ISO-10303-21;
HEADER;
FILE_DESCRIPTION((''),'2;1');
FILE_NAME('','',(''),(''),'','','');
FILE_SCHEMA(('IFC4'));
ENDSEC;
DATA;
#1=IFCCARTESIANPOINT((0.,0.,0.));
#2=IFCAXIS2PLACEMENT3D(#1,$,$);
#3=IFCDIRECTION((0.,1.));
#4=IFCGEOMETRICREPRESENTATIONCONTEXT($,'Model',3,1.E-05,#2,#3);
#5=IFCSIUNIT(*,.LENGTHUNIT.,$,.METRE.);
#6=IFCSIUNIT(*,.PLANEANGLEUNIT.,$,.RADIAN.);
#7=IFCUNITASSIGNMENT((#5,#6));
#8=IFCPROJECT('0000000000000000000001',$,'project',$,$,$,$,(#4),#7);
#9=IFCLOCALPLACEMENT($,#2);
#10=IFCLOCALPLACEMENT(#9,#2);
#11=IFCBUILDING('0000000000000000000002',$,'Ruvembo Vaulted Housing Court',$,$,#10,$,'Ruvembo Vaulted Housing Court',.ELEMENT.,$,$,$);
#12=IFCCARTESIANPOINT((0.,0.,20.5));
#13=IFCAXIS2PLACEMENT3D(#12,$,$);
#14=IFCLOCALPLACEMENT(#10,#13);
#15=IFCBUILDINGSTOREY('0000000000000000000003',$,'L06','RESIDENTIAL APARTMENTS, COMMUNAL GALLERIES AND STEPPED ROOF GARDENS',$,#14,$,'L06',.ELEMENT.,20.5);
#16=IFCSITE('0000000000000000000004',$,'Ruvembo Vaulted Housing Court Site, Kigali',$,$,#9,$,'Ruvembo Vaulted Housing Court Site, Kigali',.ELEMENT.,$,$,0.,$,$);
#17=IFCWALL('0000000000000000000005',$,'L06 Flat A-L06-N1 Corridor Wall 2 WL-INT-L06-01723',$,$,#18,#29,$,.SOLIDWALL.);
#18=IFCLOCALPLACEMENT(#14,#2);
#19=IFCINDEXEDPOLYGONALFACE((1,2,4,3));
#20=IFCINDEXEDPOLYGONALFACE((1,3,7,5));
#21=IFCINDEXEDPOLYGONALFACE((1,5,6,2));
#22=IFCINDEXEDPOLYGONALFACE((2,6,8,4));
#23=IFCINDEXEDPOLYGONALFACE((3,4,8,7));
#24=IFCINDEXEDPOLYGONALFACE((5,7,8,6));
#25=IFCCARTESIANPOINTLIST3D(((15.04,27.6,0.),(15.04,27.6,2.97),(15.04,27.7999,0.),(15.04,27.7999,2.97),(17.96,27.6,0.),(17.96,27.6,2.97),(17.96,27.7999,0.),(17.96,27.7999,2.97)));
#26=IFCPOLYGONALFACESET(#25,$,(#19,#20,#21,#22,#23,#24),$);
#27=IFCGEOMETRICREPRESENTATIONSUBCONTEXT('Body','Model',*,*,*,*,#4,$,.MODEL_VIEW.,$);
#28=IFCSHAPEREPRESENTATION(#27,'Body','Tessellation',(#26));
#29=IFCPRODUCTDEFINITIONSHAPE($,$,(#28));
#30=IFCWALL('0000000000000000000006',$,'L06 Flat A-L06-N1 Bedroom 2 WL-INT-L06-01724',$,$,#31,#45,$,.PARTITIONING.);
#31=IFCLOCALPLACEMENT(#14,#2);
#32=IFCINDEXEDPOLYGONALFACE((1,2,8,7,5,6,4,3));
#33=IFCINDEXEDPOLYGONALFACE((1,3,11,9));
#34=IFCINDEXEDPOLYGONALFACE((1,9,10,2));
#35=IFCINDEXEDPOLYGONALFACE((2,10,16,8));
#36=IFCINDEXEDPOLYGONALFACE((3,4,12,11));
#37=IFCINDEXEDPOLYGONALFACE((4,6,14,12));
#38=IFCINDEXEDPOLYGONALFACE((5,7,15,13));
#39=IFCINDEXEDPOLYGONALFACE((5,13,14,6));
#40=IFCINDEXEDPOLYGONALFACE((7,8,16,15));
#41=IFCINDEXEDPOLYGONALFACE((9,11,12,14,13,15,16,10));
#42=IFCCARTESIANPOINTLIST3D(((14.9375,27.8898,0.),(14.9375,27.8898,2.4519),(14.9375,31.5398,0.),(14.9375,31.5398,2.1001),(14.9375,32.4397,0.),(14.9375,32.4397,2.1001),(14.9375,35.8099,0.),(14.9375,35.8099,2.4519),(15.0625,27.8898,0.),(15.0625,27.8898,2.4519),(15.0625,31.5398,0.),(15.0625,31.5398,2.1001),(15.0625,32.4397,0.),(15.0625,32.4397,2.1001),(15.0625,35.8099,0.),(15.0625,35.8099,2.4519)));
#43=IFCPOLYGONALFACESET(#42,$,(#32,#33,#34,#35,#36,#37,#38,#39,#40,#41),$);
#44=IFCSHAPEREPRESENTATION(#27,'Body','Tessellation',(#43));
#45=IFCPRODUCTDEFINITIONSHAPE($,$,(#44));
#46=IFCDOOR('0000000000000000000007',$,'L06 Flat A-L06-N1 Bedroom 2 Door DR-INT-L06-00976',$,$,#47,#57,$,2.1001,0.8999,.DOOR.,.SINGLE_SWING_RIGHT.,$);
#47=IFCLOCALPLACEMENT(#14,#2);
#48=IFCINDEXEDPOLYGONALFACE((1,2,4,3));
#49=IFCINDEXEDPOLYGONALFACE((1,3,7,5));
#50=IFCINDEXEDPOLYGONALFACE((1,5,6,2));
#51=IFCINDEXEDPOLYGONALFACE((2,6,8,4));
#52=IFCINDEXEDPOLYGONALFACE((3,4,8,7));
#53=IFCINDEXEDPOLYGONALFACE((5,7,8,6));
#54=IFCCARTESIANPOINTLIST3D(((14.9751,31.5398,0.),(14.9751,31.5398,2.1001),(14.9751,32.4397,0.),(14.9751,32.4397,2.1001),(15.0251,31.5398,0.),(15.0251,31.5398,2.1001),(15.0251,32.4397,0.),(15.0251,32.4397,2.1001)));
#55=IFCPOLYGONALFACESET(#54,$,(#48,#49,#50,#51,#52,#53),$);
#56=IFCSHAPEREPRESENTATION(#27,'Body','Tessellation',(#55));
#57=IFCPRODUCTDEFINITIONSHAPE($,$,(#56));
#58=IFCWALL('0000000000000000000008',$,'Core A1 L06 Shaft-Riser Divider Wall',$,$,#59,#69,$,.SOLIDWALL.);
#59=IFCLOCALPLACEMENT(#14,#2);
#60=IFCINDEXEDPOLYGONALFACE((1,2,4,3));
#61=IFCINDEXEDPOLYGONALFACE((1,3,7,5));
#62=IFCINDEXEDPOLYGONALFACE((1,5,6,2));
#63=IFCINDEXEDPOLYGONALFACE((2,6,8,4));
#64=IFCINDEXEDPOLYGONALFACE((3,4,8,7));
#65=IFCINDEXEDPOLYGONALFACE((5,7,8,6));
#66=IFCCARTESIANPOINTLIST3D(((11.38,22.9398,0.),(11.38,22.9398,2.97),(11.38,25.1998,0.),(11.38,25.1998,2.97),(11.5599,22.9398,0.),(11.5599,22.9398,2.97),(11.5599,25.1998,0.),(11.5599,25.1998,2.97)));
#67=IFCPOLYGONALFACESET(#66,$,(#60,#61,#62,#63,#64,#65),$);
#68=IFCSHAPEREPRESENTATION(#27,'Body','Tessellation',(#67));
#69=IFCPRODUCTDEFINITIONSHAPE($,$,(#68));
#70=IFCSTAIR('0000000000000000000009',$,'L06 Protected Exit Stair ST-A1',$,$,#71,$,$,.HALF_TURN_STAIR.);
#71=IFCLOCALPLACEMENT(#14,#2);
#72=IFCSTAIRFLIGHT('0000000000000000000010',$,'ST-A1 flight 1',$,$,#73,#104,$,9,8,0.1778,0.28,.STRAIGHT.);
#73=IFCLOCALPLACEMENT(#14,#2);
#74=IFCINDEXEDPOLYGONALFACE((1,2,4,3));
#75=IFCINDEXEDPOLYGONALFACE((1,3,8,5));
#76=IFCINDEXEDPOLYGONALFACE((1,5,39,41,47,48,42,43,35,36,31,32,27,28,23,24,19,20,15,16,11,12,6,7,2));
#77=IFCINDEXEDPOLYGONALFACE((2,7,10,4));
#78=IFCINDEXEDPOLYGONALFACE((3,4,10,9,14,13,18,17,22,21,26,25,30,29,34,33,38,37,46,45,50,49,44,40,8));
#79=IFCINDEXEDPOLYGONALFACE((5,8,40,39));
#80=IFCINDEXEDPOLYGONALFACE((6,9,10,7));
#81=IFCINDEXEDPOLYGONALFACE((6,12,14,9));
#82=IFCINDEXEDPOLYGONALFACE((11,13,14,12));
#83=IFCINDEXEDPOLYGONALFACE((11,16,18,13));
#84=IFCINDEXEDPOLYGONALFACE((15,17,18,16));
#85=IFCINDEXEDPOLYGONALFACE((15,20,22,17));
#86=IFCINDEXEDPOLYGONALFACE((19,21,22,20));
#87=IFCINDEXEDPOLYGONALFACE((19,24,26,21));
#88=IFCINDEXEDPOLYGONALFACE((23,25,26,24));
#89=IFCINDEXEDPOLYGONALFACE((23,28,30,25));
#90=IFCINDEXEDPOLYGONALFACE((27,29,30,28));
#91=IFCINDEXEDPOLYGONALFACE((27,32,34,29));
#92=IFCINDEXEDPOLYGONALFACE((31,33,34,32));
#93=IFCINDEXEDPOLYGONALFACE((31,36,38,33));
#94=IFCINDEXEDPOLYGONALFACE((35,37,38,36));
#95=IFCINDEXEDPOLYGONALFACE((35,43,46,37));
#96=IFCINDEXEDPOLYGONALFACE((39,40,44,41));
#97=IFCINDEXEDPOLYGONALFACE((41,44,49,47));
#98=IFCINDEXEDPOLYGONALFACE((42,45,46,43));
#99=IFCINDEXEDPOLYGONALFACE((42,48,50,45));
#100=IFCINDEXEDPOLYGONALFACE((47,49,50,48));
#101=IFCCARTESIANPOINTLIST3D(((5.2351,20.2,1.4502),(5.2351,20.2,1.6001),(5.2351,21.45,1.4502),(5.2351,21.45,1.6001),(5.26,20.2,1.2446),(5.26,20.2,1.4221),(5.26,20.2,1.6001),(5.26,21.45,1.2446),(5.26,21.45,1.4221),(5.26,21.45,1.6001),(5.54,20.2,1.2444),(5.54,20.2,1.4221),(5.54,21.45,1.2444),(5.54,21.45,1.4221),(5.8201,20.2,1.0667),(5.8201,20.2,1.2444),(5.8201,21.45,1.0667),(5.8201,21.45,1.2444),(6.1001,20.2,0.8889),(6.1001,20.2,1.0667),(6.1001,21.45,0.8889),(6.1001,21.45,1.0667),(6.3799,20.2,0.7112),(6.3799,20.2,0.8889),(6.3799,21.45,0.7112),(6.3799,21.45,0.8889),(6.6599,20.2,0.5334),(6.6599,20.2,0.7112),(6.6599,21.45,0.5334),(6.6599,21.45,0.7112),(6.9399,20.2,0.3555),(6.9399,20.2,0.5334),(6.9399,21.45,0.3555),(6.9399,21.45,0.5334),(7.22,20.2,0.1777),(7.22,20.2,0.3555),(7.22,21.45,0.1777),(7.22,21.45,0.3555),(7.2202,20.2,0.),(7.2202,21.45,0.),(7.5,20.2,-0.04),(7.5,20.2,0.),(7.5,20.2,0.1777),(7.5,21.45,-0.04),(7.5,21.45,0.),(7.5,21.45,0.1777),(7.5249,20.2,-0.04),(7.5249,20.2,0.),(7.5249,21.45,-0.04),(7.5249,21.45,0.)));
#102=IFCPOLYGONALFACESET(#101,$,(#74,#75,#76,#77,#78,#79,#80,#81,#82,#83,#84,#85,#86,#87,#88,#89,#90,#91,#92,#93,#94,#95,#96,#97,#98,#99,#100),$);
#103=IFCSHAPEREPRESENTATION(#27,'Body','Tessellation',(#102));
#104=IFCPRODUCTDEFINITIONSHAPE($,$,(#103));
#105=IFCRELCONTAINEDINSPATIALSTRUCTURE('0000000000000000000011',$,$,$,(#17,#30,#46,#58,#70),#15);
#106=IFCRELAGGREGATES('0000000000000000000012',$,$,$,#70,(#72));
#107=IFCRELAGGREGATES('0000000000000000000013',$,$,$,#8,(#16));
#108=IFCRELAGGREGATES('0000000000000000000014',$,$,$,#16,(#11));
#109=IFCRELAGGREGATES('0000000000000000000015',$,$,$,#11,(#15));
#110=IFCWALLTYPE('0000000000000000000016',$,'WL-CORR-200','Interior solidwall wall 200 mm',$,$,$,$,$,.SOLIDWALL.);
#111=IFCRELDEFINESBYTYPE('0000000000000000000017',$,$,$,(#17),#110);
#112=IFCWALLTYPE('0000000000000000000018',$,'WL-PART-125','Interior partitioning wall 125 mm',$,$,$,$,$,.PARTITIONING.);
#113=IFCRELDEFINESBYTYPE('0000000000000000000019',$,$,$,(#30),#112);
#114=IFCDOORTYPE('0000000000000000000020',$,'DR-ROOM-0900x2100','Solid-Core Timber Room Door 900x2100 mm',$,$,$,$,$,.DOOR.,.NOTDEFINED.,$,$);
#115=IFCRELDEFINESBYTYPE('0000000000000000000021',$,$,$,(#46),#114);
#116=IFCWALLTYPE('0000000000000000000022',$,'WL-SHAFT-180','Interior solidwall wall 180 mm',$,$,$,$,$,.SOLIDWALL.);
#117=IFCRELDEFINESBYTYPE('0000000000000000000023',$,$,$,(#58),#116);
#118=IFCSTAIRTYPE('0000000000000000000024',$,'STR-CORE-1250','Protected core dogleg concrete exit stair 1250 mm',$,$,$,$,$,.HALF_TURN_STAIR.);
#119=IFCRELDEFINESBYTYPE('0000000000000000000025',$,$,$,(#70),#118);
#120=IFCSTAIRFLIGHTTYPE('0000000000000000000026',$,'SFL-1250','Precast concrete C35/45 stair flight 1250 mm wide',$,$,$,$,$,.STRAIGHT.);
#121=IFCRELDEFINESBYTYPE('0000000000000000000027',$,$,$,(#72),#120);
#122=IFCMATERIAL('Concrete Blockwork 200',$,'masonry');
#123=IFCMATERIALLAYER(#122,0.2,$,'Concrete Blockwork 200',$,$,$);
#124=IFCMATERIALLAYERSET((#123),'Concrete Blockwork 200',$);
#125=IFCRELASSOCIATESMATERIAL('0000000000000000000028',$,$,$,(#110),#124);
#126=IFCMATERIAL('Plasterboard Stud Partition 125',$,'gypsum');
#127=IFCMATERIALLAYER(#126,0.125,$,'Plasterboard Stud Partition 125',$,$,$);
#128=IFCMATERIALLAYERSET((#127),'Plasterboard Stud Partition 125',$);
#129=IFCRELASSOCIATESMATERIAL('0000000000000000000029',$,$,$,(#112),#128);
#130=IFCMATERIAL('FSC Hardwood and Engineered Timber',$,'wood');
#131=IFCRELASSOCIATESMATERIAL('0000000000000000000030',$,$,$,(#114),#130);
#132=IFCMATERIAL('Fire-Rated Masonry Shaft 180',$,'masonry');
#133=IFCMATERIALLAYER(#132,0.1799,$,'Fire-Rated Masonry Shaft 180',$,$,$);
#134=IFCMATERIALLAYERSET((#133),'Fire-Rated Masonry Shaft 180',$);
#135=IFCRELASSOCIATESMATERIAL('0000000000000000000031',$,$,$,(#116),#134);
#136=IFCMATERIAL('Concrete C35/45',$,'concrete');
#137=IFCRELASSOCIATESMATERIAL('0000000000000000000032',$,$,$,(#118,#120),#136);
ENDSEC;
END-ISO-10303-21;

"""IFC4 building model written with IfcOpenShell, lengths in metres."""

from ifc_helpers import new_model, si_unit, direction, frame, frame_2d, origin, place, context, subcontext, project, spatial, polyline, rectangle, outline, extrude, material, layer, layer_set, type_object, element, fill, aggregate, save


model = new_model("IFC4")

# Units and contexts
model_context = context("Model", 3, precision=1e-05, world=origin(), true_north=direction((0.0, 1.0)))
body_context = subcontext(model_context, "Body", "Model", "MODEL_VIEW")
ifc_project = project(units=[si_unit("LENGTHUNIT", "METRE"), si_unit("PLANEANGLEUNIT", "RADIAN")], contexts=[model_context])

# Site, building, storey
site_placement = place(None, origin())
site = spatial("IfcSite", under=ifc_project, at=site_placement, Name="Ruvembo Vaulted Housing Court Site, Kigali", LongName="Ruvembo Vaulted Housing Court Site, Kigali", CompositionType="ELEMENT", RefElevation=0.0)
building_placement = place(site_placement, origin())
building = spatial("IfcBuilding", under=site, at=building_placement, Name="Ruvembo Vaulted Housing Court", LongName="Ruvembo Vaulted Housing Court", CompositionType="ELEMENT")
storey_placement = place(building_placement, frame((0.0, 0.0, 20.5)))
storey = spatial("IfcBuildingStorey", under=building, at=storey_placement, Name="L06", Description="RESIDENTIAL APARTMENTS, COMMUNAL GALLERIES AND STEPPED ROOF GARDENS", LongName="L06", CompositionType="ELEMENT", Elevation=20.5)

# Shared definitions
ifc_material_1 = material(Name="Concrete C35/45", Category="concrete")

# Wall
ifc_material_2 = material(Name="Concrete Blockwork 200", Category="masonry")
ifc_layer_1 = layer(ifc_material_2, 0.2, Name="Concrete Blockwork 200")
ifc_layer_set_1 = layer_set([ifc_layer_1], Name="Concrete Blockwork 200")
wall_type_1 = type_object("IfcWallType", Name="WL-CORR-200", Description="Interior solidwall wall 200 mm", PredefinedType="SOLIDWALL", material=ifc_layer_set_1)
wall_1_placement = place(storey_placement, frame((15.04, 27.7, 0.0), z_axis=(0.0, 0.0, 1.0), x_axis=(1.0, 0.0, 0.0)))
element("IfcWall", 1, at=wall_1_placement, inside=storey, type_object=wall_type_1, Name="L06 Flat A-L06-N1 Corridor Wall 2 WL-INT-L06-01723", PredefinedType="SOLIDWALL", context=body_context, shape_type="SweptSolid", body=[
    extrude(rectangle(XDim=2.9199, YDim=0.2, at=frame_2d((1.46, 0.0))), origin(), (0.0, 0.0, 1.0), 2.97),
])

# Wall, opening, door
ifc_material_3 = material(Name="Plasterboard Stud Partition 125", Category="gypsum")
ifc_layer_2 = layer(ifc_material_3, 0.125, Name="Plasterboard Stud Partition 125")
ifc_layer_set_2 = layer_set([ifc_layer_2], Name="Plasterboard Stud Partition 125")
wall_type_2 = type_object("IfcWallType", Name="WL-PART-125", Description="Interior partitioning wall 125 mm", PredefinedType="PARTITIONING", material=ifc_layer_set_2)
wall_2_placement = place(storey_placement, frame((15.0, 27.8899, 0.0), z_axis=(0.0, 0.0, 1.0), x_axis=(0.0, 1.0, 0.0)))
wall_2 = element("IfcWall", 2, at=wall_2_placement, inside=storey, type_object=wall_type_2, Name="L06 Flat A-L06-N1 Bedroom 2 WL-INT-L06-01724", PredefinedType="PARTITIONING", context=body_context, shape_type="SweptSolid", body=[
    extrude(rectangle(XDim=7.9202, YDim=0.125, at=frame_2d((3.96, 0.0))), origin(), (0.0, 0.0, 1.0), 2.4519),
])
opening_1_placement = place(wall_2_placement, frame((3.6499, 0.0, 0.0)))
opening_1 = element("IfcOpeningElement", 3, at=opening_1_placement, cuts=wall_2, PredefinedType="OPENING", context=body_context, shape_type="SweptSolid", body=[
    extrude(rectangle(XDim=0.8999, YDim=2.1001, at=frame_2d((0.45, 1.05))), frame((0.0, 0.0725, 0.0), z_axis=(0.0, -1.0, 0.0), x_axis=(1.0, 0.0, 0.0)), (0.0, 0.0, 1.0), 0.145),
])
ifc_material_4 = material(Name="FSC Hardwood and Engineered Timber", Category="wood")
door_type_1 = type_object("IfcDoorType", Name="DR-ROOM-0900x2100", Description="Solid-Core Timber Room Door 900x2100 mm", OperationType="NOTDEFINED", PredefinedType="DOOR", material=ifc_material_4)
door_1_placement = place(opening_1_placement, origin())
door_1 = element("IfcDoor", 4, at=door_1_placement, inside=storey, type_object=door_type_1, Name="L06 Flat A-L06-N1 Bedroom 2 Door DR-INT-L06-00976", OperationType="SINGLE_SWING_RIGHT", OverallHeight=2.1001, OverallWidth=0.8999, PredefinedType="DOOR", context=body_context, shape_type="SweptSolid", body=[
    extrude(rectangle(XDim=0.8999, YDim=2.1001, at=frame_2d((0.45, 1.05))), frame((0.0, 0.0249, 0.0), z_axis=(0.0, -1.0, 0.0), x_axis=(1.0, 0.0, 0.0)), (0.0, 0.0, 1.0), 0.05),
])
fill(opening_1, door_1)

# Shared definitions
ifc_material_5 = material(Name="Fire-Rated Masonry Shaft 180", Category="masonry")
ifc_layer_3 = layer(ifc_material_5, 0.1799, Name="Fire-Rated Masonry Shaft 180")
ifc_layer_set_3 = layer_set([ifc_layer_3], Name="Fire-Rated Masonry Shaft 180")
wall_type_3 = type_object("IfcWallType", Name="WL-SHAFT-180", Description="Interior solidwall wall 180 mm", PredefinedType="SOLIDWALL", material=ifc_layer_set_3)

# Wall
wall_3_placement = place(storey_placement, frame((11.47, 22.9399, 0.0), z_axis=(0.0, 0.0, 1.0), x_axis=(0.0, 1.0, 0.0)))
element("IfcWall", 5, at=wall_3_placement, inside=storey, type_object=wall_type_3, Name="Core A1 L06 Shaft-Riser Divider Wall", PredefinedType="SOLIDWALL", context=body_context, shape_type="SweptSolid", body=[
    extrude(rectangle(XDim=2.26, YDim=0.1799, at=frame_2d((1.1299, 0.0))), origin(), (0.0, 0.0, 1.0), 2.97),
])

# Stair, stair flight
stair_type = type_object("IfcStairType", Name="STR-CORE-1250", Description="Protected core dogleg concrete exit stair 1250 mm", PredefinedType="HALF_TURN_STAIR", material=ifc_material_1)
stair_placement = place(storey_placement, origin())
stair = element("IfcStair", 6, at=stair_placement, inside=storey, type_object=stair_type, Name="L06 Protected Exit Stair ST-A1", PredefinedType="HALF_TURN_STAIR")
stair_flight_type = type_object("IfcStairFlightType", Name="SFL-1250", Description="Precast concrete C35/45 stair flight 1250 mm wide", PredefinedType="STRAIGHT", material=ifc_material_1)
stair_flight_placement = place(storey_placement, frame((7.5, 20.825, 0.0), z_axis=(0.0, 0.0, 1.0), x_axis=(-1.0, 0.0, 0.0)))
stair_flight = element("IfcStairFlight", 7, at=stair_flight_placement, type_object=stair_flight_type, Name="ST-A1 flight 1", NumberOfRisers=9, NumberOfTreads=8, PredefinedType="STRAIGHT", RiserHeight=0.1778, TreadLength=0.28, context=body_context, shape_type="SweptSolid", body=[
    extrude(outline(polyline([(-0.0249, -0.04), (-0.0249, 0.0), (0.0, 0.0), (0.0, 0.1777), (0.28, 0.1777), (0.28, 0.3555), (0.5601, 0.3555), (0.5601, 0.5334), (0.8401, 0.5334), (0.8401, 0.7112), (1.1201, 0.7112), (1.1201, 0.8889), (1.3999, 0.8889), (1.3999, 1.0667), (1.6799, 1.0667), (1.6799, 1.2444), (1.96, 1.2444), (1.96, 1.4221), (2.24, 1.4221), (2.24, 1.6001), (2.2649, 1.6001), (2.2649, 1.4502), (2.24, 1.2446), (0.2798, 0.0), (0.0, -0.04), (-0.0249, -0.04)])), frame((0.0, 0.625, 0.0), z_axis=(0.0, -1.0, 0.0), x_axis=(1.0, 0.0, 0.0)), (0.0, 0.0, 1.0), 1.25),
])
aggregate(stair, [stair_flight])

save(model, "model.ifc")
